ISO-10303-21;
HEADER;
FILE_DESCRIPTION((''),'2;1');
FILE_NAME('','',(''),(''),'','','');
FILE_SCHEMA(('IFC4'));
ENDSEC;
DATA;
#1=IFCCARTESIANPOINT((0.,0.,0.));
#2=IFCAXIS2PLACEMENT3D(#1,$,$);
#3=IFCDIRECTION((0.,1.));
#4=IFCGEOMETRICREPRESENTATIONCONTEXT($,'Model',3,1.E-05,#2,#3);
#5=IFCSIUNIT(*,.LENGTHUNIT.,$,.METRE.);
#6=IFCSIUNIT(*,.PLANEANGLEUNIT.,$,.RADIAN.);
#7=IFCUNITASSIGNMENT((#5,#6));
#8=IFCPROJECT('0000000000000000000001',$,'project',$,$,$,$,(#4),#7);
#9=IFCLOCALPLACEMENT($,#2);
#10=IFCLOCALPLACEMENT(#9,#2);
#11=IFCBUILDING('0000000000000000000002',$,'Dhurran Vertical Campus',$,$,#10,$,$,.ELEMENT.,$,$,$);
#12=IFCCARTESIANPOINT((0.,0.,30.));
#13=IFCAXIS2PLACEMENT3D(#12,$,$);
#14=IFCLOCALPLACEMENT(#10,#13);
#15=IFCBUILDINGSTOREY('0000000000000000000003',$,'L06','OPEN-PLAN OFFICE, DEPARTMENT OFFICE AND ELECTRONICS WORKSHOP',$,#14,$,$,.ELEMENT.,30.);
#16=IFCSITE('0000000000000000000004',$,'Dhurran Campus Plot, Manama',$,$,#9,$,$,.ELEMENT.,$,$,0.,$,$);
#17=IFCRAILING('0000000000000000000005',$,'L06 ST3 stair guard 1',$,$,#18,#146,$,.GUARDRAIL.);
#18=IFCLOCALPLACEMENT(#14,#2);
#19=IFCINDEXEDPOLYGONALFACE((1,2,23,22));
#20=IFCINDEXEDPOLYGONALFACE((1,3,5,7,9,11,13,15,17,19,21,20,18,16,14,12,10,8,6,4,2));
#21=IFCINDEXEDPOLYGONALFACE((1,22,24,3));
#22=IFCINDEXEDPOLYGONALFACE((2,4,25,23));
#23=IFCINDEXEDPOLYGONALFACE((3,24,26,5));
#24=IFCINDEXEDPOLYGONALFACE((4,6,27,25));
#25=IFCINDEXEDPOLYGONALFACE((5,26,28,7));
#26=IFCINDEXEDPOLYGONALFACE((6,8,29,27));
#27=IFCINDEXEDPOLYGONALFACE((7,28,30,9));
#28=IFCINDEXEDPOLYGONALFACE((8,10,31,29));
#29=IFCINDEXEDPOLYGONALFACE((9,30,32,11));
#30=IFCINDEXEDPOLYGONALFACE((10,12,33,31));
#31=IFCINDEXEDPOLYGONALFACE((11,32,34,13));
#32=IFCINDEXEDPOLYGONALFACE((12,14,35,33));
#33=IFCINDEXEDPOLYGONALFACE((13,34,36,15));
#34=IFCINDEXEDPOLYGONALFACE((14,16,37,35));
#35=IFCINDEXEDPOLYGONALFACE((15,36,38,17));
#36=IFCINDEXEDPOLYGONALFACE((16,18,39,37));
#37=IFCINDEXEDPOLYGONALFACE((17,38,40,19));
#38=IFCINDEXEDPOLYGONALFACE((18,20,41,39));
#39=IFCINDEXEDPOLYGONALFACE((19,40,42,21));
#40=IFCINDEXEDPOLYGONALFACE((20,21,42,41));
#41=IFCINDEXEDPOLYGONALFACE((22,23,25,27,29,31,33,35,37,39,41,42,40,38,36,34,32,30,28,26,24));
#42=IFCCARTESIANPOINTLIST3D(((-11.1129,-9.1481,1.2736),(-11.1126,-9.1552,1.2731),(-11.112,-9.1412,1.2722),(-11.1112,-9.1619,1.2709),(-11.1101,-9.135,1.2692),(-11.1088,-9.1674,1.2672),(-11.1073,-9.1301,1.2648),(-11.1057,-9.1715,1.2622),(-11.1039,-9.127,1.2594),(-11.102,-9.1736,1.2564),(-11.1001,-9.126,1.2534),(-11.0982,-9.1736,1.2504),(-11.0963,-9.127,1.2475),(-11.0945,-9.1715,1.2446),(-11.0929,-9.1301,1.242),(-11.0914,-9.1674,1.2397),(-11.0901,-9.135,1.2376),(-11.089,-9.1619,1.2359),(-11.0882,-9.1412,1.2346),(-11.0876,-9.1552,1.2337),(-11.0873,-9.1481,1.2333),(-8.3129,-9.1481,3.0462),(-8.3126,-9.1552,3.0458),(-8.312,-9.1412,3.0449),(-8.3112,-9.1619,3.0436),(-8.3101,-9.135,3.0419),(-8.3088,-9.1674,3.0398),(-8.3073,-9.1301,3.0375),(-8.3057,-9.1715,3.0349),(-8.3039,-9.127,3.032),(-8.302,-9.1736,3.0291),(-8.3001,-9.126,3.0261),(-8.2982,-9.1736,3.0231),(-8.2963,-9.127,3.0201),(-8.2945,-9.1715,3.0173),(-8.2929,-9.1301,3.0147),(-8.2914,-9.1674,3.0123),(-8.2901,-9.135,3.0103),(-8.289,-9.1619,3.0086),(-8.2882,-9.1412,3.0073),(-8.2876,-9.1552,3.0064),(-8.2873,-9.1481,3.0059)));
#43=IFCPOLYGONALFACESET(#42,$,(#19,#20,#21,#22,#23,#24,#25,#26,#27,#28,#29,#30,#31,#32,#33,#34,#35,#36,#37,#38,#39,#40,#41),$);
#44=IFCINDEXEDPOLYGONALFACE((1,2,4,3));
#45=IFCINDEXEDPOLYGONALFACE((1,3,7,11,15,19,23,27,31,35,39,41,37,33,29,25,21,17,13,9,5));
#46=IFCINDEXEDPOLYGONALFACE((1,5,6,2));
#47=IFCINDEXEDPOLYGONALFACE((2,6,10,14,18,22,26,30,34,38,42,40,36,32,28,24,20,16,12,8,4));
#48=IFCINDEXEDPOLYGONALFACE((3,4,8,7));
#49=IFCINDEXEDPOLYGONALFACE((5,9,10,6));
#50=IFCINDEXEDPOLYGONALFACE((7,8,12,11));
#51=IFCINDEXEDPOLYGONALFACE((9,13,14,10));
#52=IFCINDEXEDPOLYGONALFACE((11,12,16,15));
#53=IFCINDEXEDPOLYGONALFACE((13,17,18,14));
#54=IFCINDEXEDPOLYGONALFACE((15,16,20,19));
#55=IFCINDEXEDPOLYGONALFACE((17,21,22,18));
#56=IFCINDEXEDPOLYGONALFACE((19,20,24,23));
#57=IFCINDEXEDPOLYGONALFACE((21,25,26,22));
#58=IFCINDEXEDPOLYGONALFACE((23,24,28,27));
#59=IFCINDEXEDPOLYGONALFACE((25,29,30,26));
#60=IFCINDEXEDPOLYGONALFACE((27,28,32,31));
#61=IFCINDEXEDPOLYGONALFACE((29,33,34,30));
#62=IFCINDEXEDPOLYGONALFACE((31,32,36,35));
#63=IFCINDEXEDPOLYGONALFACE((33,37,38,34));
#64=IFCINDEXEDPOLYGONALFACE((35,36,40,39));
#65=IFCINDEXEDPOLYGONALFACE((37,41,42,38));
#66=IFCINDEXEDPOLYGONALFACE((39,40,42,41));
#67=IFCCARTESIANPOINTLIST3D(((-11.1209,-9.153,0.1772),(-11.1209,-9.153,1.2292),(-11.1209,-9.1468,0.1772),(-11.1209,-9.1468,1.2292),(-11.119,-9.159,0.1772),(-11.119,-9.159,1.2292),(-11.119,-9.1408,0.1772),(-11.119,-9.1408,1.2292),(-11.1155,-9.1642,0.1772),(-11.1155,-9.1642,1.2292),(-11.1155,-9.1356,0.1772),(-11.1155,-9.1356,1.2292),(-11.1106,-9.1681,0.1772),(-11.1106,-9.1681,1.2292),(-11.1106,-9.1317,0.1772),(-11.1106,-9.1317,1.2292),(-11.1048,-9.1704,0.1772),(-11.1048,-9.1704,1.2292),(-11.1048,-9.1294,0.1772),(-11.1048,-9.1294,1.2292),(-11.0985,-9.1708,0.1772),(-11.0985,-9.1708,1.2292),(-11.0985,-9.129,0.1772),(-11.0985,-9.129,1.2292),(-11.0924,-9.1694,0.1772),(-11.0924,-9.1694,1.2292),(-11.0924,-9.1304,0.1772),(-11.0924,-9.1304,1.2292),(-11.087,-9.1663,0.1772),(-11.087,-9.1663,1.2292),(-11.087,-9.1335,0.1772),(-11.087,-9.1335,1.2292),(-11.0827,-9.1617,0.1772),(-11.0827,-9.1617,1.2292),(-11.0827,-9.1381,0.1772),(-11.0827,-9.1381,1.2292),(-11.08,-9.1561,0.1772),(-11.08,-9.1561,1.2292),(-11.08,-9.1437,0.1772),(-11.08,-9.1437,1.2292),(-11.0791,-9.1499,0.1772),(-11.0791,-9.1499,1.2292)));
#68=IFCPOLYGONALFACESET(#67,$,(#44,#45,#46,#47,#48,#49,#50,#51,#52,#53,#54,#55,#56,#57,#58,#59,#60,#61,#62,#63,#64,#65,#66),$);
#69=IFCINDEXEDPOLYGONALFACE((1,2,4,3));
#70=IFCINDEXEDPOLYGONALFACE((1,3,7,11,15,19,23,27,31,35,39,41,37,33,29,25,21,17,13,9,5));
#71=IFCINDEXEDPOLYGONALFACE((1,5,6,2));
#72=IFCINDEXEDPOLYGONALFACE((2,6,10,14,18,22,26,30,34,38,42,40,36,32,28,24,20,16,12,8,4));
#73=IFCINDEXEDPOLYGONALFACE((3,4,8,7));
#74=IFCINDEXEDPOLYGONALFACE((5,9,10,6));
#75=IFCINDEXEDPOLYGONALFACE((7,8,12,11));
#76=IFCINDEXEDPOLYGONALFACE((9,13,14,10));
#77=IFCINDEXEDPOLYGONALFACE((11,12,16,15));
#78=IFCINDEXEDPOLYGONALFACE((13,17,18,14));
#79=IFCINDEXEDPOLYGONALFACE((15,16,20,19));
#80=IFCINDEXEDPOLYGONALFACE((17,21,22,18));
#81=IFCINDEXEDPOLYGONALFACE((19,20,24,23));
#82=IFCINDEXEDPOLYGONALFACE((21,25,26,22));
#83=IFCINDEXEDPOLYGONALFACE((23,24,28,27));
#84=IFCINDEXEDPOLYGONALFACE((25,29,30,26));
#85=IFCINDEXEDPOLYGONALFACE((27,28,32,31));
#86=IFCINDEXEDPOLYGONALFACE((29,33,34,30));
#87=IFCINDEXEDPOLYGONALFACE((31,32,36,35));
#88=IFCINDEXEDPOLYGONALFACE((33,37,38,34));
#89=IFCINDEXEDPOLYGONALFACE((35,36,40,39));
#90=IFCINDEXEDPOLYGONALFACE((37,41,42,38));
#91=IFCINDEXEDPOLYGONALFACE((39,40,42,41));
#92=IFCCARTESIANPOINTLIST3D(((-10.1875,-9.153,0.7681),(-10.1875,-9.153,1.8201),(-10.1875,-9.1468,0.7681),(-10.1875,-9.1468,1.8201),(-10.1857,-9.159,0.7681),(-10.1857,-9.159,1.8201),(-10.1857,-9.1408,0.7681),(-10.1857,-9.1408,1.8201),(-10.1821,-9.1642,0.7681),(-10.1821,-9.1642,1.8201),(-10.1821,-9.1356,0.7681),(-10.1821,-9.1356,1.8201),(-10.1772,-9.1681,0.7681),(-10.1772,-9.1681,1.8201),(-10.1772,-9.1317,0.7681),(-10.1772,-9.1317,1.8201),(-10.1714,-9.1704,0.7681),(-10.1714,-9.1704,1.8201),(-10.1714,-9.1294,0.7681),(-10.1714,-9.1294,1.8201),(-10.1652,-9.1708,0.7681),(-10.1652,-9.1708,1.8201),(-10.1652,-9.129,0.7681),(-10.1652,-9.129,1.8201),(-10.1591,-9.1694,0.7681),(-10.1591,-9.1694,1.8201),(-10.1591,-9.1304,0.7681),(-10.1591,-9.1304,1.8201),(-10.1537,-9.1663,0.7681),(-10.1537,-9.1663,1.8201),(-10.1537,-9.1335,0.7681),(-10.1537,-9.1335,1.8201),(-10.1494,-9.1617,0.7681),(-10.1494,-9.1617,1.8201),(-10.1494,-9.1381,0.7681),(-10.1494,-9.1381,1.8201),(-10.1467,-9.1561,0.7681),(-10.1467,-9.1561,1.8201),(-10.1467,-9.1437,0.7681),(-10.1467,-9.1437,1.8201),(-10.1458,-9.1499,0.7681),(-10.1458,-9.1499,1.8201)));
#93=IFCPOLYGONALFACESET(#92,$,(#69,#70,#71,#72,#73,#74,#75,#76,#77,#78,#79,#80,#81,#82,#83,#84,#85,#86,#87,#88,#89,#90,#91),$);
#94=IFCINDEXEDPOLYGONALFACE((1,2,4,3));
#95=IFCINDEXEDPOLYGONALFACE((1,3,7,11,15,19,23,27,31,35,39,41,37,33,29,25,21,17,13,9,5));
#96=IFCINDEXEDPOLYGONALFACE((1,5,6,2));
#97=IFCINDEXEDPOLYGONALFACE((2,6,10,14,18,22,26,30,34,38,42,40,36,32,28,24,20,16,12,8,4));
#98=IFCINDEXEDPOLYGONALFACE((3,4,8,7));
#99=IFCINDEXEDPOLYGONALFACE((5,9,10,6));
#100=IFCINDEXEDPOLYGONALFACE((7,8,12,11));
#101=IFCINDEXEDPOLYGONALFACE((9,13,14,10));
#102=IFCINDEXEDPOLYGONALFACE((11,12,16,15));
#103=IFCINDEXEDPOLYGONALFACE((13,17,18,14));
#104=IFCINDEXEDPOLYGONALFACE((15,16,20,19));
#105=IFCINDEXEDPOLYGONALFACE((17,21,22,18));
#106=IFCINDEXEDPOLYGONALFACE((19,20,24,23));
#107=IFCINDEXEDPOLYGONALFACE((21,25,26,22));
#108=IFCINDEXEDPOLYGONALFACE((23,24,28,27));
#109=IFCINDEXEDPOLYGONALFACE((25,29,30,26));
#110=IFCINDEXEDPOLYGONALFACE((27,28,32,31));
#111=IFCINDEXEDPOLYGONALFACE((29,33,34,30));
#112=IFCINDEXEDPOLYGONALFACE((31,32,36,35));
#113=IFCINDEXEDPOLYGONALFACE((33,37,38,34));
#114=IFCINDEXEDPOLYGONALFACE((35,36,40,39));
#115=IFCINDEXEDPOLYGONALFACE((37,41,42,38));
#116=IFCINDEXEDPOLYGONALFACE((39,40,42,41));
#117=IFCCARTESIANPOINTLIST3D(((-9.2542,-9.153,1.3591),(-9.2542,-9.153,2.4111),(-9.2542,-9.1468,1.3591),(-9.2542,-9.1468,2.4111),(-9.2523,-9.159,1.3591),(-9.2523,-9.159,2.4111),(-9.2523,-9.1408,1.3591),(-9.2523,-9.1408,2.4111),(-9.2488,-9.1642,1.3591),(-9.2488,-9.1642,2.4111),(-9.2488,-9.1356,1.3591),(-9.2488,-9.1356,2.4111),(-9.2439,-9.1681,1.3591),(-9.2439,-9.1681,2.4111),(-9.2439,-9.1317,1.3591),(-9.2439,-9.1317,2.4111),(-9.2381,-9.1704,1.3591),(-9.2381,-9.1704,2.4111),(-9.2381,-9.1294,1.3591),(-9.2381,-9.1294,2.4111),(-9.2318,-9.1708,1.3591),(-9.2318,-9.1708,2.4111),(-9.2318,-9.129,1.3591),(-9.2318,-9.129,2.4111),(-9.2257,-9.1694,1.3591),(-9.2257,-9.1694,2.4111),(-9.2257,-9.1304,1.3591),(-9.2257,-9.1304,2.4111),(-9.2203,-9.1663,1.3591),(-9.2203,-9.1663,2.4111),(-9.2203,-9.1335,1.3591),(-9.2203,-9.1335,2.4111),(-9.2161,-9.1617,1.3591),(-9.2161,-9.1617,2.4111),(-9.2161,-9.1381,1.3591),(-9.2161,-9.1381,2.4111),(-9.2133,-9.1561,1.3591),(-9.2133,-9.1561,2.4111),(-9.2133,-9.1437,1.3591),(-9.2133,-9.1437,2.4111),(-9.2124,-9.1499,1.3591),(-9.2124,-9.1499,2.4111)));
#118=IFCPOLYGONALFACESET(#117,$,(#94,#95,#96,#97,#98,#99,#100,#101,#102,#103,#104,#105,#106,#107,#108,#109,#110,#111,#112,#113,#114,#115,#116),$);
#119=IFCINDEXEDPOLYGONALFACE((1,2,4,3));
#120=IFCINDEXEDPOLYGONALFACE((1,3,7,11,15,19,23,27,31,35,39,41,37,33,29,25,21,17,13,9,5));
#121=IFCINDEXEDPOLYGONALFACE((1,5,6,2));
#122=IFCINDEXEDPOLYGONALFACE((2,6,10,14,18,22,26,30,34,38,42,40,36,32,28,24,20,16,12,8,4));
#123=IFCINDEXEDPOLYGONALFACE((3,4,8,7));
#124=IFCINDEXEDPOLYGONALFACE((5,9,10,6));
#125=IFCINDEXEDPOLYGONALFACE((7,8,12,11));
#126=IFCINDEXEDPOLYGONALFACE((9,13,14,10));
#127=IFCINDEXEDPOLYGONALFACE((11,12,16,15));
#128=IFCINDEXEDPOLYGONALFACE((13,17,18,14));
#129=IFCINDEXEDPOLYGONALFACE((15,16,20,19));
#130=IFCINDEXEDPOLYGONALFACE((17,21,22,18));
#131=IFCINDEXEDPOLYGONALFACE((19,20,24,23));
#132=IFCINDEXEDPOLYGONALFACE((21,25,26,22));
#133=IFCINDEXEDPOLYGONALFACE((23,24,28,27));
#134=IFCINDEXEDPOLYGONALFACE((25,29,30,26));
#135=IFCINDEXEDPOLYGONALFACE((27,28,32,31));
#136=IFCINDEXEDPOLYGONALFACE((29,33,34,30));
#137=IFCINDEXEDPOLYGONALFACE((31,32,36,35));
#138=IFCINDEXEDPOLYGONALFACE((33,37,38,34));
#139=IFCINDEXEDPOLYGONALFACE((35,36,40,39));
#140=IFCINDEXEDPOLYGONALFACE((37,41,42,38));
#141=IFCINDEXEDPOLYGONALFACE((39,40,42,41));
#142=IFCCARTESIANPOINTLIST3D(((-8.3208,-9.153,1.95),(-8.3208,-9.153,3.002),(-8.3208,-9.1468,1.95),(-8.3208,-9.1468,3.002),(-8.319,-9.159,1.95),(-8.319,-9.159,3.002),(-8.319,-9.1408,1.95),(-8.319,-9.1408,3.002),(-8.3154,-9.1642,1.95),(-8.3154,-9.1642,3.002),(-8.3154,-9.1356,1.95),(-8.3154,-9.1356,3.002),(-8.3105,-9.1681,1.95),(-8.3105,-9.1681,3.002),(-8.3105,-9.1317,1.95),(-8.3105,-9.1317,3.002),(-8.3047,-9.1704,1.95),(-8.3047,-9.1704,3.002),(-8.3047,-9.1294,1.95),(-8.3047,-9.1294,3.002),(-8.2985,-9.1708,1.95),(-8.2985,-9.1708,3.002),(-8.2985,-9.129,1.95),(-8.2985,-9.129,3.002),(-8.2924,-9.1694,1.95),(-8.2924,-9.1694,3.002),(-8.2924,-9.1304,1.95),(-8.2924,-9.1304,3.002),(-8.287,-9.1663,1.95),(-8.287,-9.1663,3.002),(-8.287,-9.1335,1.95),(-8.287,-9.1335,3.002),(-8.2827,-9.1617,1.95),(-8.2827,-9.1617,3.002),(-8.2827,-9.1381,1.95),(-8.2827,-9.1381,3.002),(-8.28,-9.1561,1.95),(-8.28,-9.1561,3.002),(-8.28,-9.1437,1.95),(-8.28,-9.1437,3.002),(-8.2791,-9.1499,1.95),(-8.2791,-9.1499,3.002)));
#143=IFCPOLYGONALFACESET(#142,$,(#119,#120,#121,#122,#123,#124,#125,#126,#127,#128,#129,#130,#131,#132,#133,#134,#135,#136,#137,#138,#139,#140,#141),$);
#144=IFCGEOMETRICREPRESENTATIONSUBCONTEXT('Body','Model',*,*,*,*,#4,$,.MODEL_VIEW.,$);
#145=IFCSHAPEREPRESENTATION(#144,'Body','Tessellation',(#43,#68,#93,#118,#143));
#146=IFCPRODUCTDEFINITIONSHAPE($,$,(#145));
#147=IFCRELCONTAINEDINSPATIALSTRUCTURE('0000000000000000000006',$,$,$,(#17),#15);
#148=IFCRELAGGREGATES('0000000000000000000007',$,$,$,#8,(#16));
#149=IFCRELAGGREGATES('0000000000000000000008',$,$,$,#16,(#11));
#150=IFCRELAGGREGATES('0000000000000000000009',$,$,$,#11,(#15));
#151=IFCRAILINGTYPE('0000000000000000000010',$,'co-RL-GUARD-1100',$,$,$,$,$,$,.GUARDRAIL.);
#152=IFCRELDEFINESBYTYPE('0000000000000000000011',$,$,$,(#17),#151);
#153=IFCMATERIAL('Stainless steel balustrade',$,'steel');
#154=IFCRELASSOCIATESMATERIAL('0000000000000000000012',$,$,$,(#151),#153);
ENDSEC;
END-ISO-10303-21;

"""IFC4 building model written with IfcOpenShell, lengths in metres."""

from ifc_helpers import new_model, si_unit, direction, frame, origin, origin_2d, place, context, subcontext, project, spatial, circle, extrude, material, type_object, element, save


model = new_model("IFC4")

# Units and contexts
model_context = context("Model", 3, precision=1e-05, world=origin(), true_north=direction((0.0, 1.0)))
body_context = subcontext(model_context, "Body", "Model", "MODEL_VIEW")
ifc_project = project(units=[si_unit("LENGTHUNIT", "METRE"), si_unit("PLANEANGLEUNIT", "RADIAN")], contexts=[model_context])

# Site, building, storey
site_placement = place(None, origin())
site = spatial("IfcSite", under=ifc_project, at=site_placement, Name="Dhurran Campus Plot, Manama", CompositionType="ELEMENT", RefElevation=0.0)
building_placement = place(site_placement, origin())
building = spatial("IfcBuilding", under=site, at=building_placement, Name="Dhurran Vertical Campus", CompositionType="ELEMENT")
storey_placement = place(building_placement, frame((0.0, 0.0, 30.0)))
storey = spatial("IfcBuildingStorey", under=building, at=storey_placement, Name="L06", Description="OPEN-PLAN OFFICE, DEPARTMENT OFFICE AND ELECTRONICS WORKSHOP", CompositionType="ELEMENT", Elevation=30.0)

# Railing
ifc_material_1 = material(Name="Stainless steel balustrade", Category="steel")
railing_type_1 = type_object("IfcRailingType", Name="co-RL-GUARD-1100", PredefinedType="GUARDRAIL", material=ifc_material_1)
railing_1_placement = place(storey_placement, frame((-11.1001, -9.1499, 0.1772)))
element("IfcRailing", 1, at=railing_1_placement, inside=storey, type_object=railing_type_1, Name="L06 ST3 stair guard 1", PredefinedType="GUARDRAIL", context=body_context, shape_type="SweptSolid", body=[
    extrude(circle(Radius=0.0239, at=origin_2d()), frame((0.0, 0.0, 1.0762), z_axis=(0.844909, 0.0, 0.53491), x_axis=(0.0, 1.0, 0.0)), (0.0, 0.0, 1.0), 3.314),
    extrude(circle(Radius=0.021, at=origin_2d()), origin(), (0.0, 0.0, 1.0), 1.052),
    extrude(circle(Radius=0.021, at=origin_2d()), frame((0.9333, 0.0, 0.5908)), (0.0, 0.0, 1.0), 1.052),
    extrude(circle(Radius=0.021, at=origin_2d()), frame((1.8667, 0.0, 1.1819)), (0.0, 0.0, 1.0), 1.052),
    extrude(circle(Radius=0.021, at=origin_2d()), frame((2.8, 0.0, 1.7727)), (0.0, 0.0, 1.0), 1.052),
])

save(model, "model.ifc")
